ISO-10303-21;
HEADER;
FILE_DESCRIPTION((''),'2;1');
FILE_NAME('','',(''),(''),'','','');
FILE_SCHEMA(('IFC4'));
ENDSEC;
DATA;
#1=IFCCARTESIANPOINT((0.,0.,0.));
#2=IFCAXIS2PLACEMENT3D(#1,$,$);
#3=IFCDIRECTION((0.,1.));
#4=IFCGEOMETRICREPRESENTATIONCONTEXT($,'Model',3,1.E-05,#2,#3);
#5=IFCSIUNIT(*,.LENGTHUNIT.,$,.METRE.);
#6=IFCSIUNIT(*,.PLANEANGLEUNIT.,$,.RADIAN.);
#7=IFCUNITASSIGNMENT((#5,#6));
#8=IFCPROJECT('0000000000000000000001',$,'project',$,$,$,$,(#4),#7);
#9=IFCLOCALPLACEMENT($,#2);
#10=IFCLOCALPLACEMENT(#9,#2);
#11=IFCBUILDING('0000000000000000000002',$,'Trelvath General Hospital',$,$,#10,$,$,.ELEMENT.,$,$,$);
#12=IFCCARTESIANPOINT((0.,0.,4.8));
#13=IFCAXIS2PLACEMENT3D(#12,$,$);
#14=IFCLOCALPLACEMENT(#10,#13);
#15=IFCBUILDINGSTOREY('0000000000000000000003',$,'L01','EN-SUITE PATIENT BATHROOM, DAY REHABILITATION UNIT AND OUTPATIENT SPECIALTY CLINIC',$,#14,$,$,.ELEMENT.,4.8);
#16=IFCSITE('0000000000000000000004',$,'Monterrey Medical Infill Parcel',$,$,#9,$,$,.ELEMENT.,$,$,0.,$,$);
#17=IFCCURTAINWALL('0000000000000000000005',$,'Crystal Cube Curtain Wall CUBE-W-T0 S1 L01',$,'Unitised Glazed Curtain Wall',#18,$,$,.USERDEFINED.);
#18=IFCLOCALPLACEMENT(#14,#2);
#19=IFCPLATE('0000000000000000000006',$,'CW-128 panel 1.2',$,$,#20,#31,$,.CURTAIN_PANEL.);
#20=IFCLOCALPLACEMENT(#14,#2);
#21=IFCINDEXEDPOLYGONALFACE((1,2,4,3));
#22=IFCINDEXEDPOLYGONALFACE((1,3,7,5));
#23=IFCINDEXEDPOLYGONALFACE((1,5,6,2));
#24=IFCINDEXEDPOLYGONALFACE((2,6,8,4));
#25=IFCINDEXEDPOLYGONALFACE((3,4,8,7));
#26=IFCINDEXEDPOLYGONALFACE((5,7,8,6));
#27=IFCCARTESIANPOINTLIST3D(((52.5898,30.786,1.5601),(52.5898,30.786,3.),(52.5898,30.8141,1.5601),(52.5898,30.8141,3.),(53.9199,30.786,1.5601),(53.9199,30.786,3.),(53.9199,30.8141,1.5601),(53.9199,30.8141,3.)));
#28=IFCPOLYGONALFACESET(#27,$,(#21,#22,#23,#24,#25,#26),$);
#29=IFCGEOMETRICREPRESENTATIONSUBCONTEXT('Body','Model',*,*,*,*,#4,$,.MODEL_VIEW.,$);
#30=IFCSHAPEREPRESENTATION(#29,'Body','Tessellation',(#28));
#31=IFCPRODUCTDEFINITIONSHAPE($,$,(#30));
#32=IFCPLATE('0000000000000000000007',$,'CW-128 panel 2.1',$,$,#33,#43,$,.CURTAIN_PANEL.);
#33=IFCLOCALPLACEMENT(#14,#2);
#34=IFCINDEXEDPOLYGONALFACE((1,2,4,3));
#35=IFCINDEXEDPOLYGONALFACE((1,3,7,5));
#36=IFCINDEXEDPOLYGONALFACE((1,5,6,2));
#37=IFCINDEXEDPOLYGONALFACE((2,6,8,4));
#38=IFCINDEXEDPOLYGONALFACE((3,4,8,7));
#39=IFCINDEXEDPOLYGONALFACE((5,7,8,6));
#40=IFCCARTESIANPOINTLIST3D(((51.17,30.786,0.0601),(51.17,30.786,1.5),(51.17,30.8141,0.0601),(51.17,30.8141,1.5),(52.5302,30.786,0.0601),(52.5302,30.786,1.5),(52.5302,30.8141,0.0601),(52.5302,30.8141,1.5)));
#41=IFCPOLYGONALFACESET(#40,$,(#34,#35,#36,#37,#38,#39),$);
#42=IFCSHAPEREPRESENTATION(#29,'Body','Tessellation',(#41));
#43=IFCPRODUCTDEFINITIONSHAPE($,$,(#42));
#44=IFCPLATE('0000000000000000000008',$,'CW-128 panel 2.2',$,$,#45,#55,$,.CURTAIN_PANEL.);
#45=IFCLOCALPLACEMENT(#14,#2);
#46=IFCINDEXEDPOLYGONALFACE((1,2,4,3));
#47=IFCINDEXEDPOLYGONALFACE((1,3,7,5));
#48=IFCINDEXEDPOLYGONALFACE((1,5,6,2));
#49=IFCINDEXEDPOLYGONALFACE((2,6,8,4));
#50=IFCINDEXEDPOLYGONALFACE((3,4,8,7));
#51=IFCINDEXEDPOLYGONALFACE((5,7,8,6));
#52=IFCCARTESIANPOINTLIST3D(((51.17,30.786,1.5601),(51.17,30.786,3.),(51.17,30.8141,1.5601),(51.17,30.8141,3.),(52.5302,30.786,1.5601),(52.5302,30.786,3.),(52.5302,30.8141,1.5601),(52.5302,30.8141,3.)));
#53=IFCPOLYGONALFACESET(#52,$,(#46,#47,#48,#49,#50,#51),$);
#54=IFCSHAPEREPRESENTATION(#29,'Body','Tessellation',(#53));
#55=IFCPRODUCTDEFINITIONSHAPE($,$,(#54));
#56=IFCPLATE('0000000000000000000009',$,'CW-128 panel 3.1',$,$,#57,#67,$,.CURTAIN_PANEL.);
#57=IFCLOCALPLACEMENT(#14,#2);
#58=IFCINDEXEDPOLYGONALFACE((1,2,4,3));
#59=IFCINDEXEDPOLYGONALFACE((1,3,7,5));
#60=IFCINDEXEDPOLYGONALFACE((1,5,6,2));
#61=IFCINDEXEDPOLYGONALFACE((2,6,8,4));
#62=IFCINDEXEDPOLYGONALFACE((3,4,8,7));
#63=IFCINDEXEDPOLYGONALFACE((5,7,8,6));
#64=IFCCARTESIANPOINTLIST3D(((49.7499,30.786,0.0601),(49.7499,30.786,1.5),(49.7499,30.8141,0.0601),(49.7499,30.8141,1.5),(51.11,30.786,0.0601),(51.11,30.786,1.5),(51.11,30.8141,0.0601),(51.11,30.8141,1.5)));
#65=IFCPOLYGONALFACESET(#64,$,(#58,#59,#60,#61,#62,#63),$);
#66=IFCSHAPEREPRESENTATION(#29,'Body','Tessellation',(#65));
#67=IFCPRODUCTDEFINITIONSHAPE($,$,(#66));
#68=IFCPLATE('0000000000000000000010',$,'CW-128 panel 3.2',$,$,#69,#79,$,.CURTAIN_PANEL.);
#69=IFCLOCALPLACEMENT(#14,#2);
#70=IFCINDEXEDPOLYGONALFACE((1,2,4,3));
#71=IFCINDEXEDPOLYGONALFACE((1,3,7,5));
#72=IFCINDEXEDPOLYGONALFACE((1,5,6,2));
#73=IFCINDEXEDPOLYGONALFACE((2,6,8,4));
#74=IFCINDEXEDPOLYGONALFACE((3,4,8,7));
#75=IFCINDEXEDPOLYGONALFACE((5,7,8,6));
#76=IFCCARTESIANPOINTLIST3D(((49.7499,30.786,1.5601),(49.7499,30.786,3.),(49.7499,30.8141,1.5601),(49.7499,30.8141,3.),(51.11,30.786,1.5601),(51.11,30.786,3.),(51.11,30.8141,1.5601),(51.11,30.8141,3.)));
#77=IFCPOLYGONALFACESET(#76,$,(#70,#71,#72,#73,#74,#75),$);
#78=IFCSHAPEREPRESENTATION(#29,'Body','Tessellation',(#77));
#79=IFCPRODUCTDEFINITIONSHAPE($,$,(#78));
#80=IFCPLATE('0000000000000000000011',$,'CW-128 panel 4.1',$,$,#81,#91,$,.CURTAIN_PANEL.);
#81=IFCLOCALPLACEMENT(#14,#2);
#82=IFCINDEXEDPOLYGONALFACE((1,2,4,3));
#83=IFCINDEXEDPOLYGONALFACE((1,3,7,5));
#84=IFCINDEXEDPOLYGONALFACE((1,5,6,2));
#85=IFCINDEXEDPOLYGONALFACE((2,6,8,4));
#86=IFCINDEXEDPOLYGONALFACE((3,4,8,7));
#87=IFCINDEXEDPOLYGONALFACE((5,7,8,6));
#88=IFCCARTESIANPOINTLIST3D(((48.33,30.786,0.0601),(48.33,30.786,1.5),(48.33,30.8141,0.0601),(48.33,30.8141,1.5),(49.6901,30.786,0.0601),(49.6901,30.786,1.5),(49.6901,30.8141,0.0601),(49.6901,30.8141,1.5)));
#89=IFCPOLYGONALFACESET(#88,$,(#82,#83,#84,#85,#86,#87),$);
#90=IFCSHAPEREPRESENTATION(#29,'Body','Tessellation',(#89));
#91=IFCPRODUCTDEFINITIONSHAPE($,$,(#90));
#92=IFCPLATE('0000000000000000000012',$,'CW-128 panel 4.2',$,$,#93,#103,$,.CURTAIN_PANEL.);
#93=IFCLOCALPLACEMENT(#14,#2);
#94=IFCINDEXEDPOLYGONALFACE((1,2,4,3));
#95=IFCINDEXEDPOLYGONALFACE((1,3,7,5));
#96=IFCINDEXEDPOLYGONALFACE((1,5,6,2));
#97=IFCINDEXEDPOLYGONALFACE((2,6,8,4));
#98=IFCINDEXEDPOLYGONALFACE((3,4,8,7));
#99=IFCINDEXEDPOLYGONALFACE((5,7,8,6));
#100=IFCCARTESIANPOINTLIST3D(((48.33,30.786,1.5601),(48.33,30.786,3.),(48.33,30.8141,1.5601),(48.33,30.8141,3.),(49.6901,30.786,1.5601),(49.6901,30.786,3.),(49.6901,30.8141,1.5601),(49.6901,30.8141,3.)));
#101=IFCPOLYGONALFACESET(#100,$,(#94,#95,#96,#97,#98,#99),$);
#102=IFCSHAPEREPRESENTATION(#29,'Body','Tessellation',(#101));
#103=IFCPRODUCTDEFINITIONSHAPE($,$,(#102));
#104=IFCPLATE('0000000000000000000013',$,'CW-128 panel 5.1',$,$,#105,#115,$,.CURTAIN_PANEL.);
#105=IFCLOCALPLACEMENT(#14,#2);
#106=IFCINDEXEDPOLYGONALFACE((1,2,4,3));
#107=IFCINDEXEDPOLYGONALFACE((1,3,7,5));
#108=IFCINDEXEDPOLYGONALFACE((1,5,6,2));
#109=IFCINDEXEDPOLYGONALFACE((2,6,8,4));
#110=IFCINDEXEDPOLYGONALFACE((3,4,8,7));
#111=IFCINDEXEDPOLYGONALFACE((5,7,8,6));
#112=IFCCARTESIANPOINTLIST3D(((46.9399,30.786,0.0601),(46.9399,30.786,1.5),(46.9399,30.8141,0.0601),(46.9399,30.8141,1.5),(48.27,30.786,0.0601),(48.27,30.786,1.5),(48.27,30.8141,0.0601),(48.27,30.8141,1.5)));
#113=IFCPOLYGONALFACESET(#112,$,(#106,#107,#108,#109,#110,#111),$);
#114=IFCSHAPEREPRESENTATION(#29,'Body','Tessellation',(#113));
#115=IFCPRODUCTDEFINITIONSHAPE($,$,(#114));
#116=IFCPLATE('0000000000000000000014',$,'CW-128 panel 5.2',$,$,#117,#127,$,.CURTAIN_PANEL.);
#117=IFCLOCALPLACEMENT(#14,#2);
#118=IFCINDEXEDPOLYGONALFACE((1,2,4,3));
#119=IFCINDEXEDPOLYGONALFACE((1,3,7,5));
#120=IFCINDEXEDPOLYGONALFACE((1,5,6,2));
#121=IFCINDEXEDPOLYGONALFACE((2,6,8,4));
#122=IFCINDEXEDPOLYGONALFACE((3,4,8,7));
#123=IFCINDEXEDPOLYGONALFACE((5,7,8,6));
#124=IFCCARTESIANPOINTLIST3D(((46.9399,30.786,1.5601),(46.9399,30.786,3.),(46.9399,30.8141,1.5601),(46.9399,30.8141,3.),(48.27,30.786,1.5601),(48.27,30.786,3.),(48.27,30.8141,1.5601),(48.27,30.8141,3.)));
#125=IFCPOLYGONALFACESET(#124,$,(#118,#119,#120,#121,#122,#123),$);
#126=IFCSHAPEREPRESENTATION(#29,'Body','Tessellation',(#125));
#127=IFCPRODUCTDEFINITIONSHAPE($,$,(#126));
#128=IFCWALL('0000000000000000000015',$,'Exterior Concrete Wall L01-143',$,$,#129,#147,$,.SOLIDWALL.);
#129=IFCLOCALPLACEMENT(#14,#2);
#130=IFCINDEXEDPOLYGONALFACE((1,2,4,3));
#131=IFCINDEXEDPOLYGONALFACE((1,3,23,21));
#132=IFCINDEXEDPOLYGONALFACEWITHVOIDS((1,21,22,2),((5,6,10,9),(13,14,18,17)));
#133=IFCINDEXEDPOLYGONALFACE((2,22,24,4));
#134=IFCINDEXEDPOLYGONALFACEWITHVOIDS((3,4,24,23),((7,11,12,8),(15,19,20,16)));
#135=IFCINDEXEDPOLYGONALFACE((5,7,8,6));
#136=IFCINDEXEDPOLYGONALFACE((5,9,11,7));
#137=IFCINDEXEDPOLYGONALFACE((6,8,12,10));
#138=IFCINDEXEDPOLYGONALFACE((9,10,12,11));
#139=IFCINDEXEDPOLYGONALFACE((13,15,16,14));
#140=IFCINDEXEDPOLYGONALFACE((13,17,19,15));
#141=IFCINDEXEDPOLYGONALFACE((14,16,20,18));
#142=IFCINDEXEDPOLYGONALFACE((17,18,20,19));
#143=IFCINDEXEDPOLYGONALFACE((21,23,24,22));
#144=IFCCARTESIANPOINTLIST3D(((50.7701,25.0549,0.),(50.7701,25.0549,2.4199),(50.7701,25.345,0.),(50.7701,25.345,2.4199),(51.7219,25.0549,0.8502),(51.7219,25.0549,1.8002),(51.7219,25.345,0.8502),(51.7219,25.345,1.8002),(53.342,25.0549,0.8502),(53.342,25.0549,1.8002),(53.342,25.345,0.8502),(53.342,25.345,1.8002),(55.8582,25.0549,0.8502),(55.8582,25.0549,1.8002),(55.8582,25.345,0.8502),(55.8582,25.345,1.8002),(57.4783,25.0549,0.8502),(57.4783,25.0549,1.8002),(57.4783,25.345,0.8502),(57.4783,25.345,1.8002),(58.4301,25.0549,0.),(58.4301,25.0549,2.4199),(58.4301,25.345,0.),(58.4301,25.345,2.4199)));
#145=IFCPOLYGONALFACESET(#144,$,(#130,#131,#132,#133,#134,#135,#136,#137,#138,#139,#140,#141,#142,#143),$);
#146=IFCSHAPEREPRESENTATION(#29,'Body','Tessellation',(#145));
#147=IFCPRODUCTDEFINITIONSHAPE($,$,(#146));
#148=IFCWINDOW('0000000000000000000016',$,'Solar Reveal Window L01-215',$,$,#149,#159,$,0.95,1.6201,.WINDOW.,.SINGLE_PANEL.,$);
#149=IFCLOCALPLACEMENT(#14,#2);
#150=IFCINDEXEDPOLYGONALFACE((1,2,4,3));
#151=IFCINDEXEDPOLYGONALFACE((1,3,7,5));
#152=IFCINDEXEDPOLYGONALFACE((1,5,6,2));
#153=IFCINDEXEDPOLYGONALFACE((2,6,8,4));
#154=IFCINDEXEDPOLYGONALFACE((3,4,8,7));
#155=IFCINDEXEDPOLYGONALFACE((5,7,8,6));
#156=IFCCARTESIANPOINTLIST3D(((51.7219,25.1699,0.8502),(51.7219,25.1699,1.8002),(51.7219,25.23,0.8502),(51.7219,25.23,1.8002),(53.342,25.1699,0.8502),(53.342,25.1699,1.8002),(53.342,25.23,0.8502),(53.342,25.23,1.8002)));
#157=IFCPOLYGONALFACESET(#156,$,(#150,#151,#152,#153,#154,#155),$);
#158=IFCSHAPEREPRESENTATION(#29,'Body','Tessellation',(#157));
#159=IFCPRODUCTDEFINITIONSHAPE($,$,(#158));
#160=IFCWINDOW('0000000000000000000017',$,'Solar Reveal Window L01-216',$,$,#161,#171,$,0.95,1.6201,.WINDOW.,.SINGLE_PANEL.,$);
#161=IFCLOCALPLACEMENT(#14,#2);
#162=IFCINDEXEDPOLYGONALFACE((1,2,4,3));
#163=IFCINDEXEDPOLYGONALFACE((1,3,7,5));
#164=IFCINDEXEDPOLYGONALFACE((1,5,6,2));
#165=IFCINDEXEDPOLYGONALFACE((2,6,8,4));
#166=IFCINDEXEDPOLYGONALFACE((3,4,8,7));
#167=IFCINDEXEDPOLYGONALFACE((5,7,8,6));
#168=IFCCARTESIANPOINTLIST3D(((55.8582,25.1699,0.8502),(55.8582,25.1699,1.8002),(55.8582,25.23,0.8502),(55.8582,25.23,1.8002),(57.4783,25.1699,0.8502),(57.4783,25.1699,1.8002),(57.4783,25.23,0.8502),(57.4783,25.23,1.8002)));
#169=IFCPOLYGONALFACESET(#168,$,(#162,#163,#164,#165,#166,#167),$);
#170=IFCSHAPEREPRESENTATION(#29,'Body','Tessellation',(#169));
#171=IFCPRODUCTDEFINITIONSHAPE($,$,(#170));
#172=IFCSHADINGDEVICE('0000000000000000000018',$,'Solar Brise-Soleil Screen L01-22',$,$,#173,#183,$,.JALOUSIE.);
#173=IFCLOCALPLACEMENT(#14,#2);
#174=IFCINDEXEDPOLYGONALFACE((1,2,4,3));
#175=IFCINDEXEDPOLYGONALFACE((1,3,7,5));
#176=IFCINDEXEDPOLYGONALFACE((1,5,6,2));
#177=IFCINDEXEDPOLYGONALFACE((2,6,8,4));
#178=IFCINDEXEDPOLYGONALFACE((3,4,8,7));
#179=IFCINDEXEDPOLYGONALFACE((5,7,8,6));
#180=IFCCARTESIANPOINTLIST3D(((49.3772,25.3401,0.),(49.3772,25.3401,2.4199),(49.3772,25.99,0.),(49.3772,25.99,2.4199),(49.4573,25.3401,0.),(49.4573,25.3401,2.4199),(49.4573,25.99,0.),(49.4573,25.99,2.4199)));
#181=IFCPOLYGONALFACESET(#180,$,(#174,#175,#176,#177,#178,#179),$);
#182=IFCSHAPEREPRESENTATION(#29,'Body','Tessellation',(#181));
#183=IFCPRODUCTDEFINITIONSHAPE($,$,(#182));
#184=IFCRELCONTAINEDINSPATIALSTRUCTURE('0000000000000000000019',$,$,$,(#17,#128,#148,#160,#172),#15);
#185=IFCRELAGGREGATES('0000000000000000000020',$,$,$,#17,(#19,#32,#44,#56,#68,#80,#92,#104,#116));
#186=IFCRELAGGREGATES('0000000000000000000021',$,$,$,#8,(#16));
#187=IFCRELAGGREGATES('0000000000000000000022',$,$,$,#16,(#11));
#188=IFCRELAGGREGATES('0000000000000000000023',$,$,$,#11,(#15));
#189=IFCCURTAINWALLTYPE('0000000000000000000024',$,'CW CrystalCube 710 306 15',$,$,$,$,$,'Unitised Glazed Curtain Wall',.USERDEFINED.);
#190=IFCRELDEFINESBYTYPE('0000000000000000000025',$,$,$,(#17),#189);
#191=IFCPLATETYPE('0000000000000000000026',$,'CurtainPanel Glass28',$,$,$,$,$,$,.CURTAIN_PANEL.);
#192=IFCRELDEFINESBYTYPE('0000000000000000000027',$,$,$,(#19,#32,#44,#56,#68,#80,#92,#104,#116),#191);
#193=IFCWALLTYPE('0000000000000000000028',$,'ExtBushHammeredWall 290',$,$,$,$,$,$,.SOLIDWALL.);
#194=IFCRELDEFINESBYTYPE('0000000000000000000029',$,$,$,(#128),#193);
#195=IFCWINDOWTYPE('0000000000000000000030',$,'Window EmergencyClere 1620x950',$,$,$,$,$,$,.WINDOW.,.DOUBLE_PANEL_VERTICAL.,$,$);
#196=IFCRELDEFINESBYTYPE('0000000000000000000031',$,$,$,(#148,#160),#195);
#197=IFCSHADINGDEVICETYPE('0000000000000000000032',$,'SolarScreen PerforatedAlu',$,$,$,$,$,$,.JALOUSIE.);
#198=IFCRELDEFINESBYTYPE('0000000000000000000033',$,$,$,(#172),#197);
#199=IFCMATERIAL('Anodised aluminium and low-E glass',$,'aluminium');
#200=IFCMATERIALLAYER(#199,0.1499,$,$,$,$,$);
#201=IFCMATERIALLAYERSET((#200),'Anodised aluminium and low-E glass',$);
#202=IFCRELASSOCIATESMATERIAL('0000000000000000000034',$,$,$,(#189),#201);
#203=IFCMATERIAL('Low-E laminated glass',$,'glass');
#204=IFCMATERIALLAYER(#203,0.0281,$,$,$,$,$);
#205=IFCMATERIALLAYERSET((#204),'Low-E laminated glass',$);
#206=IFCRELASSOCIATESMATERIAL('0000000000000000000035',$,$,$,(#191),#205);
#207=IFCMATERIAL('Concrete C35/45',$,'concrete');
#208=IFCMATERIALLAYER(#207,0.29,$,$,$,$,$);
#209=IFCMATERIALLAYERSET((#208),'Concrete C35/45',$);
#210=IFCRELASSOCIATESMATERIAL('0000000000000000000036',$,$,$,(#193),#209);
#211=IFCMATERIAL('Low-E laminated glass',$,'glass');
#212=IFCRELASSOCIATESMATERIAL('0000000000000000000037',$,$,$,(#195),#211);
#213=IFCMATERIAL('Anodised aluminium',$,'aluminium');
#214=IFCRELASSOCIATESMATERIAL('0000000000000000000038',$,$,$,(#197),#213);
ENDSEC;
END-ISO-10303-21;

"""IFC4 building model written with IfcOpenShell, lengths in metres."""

from ifc_helpers import new_model, si_unit, direction, frame, frame_2d, origin, origin_2d, place, context, subcontext, project, spatial, rectangle, extrude, material, layer, layer_set, type_object, element, fill, aggregate, save


model = new_model("IFC4")

# Units and contexts
model_context = context("Model", 3, precision=1e-05, world=origin(), true_north=direction((0.0, 1.0)))
body_context = subcontext(model_context, "Body", "Model", "MODEL_VIEW")
ifc_project = project(units=[si_unit("LENGTHUNIT", "METRE"), si_unit("PLANEANGLEUNIT", "RADIAN")], contexts=[model_context])

# Site, building, storey
site_placement = place(None, origin())
site = spatial("IfcSite", under=ifc_project, at=site_placement, Name="Monterrey Medical Infill Parcel", CompositionType="ELEMENT", RefElevation=0.0)
building_placement = place(site_placement, origin())
building = spatial("IfcBuilding", under=site, at=building_placement, Name="Trelvath General Hospital", CompositionType="ELEMENT")
storey_placement = place(building_placement, frame((0.0, 0.0, 4.8)))
storey = spatial("IfcBuildingStorey", under=building, at=storey_placement, Name="L01", Description="EN-SUITE PATIENT BATHROOM, DAY REHABILITATION UNIT AND OUTPATIENT SPECIALTY CLINIC", CompositionType="ELEMENT", Elevation=4.8)

# Curtain wall, plates
ifc_material_1 = material(Name="Anodised aluminium and low-E glass", Category="aluminium")
ifc_layer_1 = layer(ifc_material_1, 0.1499)
ifc_layer_set_1 = layer_set([ifc_layer_1], Name="Anodised aluminium and low-E glass")
curtain_wall_type = type_object("IfcCurtainWallType", Name="CW CrystalCube 710 306 15", ElementType="Unitised Glazed Curtain Wall", PredefinedType="USERDEFINED", material=ifc_layer_set_1)
curtain_wall_placement = place(storey_placement, origin())
curtain_wall = element("IfcCurtainWall", 1, at=curtain_wall_placement, inside=storey, type_object=curtain_wall_type, Name="Crystal Cube Curtain Wall CUBE-W-T0 S1 L01", ObjectType="Unitised Glazed Curtain Wall", PredefinedType="USERDEFINED")
ifc_material_2 = material(Name="Low-E laminated glass", Category="glass")
ifc_layer_2 = layer(ifc_material_2, 0.0281)
ifc_layer_set_2 = layer_set([ifc_layer_2], Name="Low-E laminated glass")
plate_type = type_object("IfcPlateType", Name="CurtainPanel Glass28", PredefinedType="CURTAIN_PANEL", material=ifc_layer_set_2)
plate_1_placement = place(storey_placement, frame((53.2549, 30.8, 1.5601), z_axis=(0.0, 0.0, 1.0), x_axis=(-1.0, 0.0, 0.0)))
plate_1 = element("IfcPlate", 2, at=plate_1_placement, type_object=plate_type, Name="CW-128 panel 1.2", PredefinedType="CURTAIN_PANEL", context=body_context, shape_type="SweptSolid", body=[
    extrude(rectangle(XDim=1.3301, YDim=0.0281, at=origin_2d()), origin(), (0.0, 0.0, 1.0), 1.4399),
])
plate_2_placement = place(storey_placement, frame((51.8501, 30.8, 0.0601), z_axis=(0.0, 0.0, 1.0), x_axis=(-1.0, 0.0, 0.0)))
plate_2 = element("IfcPlate", 3, at=plate_2_placement, type_object=plate_type, Name="CW-128 panel 2.1", PredefinedType="CURTAIN_PANEL", context=body_context, shape_type="SweptSolid", body=[
    extrude(rectangle(XDim=1.3601, YDim=0.0281, at=origin_2d()), origin(), (0.0, 0.0, 1.0), 1.4399),
])
plate_3_placement = place(storey_placement, frame((51.8501, 30.8, 1.5601), z_axis=(0.0, 0.0, 1.0), x_axis=(-1.0, 0.0, 0.0)))
plate_3 = element("IfcPlate", 4, at=plate_3_placement, type_object=plate_type, Name="CW-128 panel 2.2", PredefinedType="CURTAIN_PANEL", context=body_context, shape_type="SweptSolid", body=[
    extrude(rectangle(XDim=1.3601, YDim=0.0281, at=origin_2d()), origin(), (0.0, 0.0, 1.0), 1.4399),
])
plate_4_placement = place(storey_placement, frame((50.4299, 30.8, 0.0601), z_axis=(0.0, 0.0, 1.0), x_axis=(-1.0, 0.0, 0.0)))
plate_4 = element("IfcPlate", 5, at=plate_4_placement, type_object=plate_type, Name="CW-128 panel 3.1", PredefinedType="CURTAIN_PANEL", context=body_context, shape_type="SweptSolid", body=[
    extrude(rectangle(XDim=1.3601, YDim=0.0281, at=origin_2d()), origin(), (0.0, 0.0, 1.0), 1.4399),
])
plate_5_placement = place(storey_placement, frame((50.4299, 30.8, 1.5601), z_axis=(0.0, 0.0, 1.0), x_axis=(-1.0, 0.0, 0.0)))
plate_5 = element("IfcPlate", 6, at=plate_5_placement, type_object=plate_type, Name="CW-128 panel 3.2", PredefinedType="CURTAIN_PANEL", context=body_context, shape_type="SweptSolid", body=[
    extrude(rectangle(XDim=1.3601, YDim=0.0281, at=origin_2d()), origin(), (0.0, 0.0, 1.0), 1.4399),
])
plate_6_placement = place(storey_placement, frame((49.01, 30.8, 0.0601), z_axis=(0.0, 0.0, 1.0), x_axis=(-1.0, 0.0, 0.0)))
plate_6 = element("IfcPlate", 7, at=plate_6_placement, type_object=plate_type, Name="CW-128 panel 4.1", PredefinedType="CURTAIN_PANEL", context=body_context, shape_type="SweptSolid", body=[
    extrude(rectangle(XDim=1.3601, YDim=0.0281, at=origin_2d()), origin(), (0.0, 0.0, 1.0), 1.4399),
])
plate_7_placement = place(storey_placement, frame((49.01, 30.8, 1.5601), z_axis=(0.0, 0.0, 1.0), x_axis=(-1.0, 0.0, 0.0)))
plate_7 = element("IfcPlate", 8, at=plate_7_placement, type_object=plate_type, Name="CW-128 panel 4.2", PredefinedType="CURTAIN_PANEL", context=body_context, shape_type="SweptSolid", body=[
    extrude(rectangle(XDim=1.3601, YDim=0.0281, at=origin_2d()), origin(), (0.0, 0.0, 1.0), 1.4399),
])
plate_8_placement = place(storey_placement, frame((47.605, 30.8, 0.0601), z_axis=(0.0, 0.0, 1.0), x_axis=(-1.0, 0.0, 0.0)))
plate_8 = element("IfcPlate", 9, at=plate_8_placement, type_object=plate_type, Name="CW-128 panel 5.1", PredefinedType="CURTAIN_PANEL", context=body_context, shape_type="SweptSolid", body=[
    extrude(rectangle(XDim=1.3301, YDim=0.0281, at=origin_2d()), origin(), (0.0, 0.0, 1.0), 1.4399),
])
plate_9_placement = place(storey_placement, frame((47.605, 30.8, 1.5601), z_axis=(0.0, 0.0, 1.0), x_axis=(-1.0, 0.0, 0.0)))
plate_9 = element("IfcPlate", 10, at=plate_9_placement, type_object=plate_type, Name="CW-128 panel 5.2", PredefinedType="CURTAIN_PANEL", context=body_context, shape_type="SweptSolid", body=[
    extrude(rectangle(XDim=1.3301, YDim=0.0281, at=origin_2d()), origin(), (0.0, 0.0, 1.0), 1.4399),
])
aggregate(curtain_wall, [plate_1, plate_2, plate_3, plate_4, plate_5, plate_6, plate_7, plate_8, plate_9])

# Wall, openings, windows
ifc_material_3 = material(Name="Concrete C35/45", Category="concrete")
ifc_layer_3 = layer(ifc_material_3, 0.29)
ifc_layer_set_3 = layer_set([ifc_layer_3], Name="Concrete C35/45")
wall_type = type_object("IfcWallType", Name="ExtBushHammeredWall 290", PredefinedType="SOLIDWALL", material=ifc_layer_set_3)
wall_placement = place(storey_placement, frame((50.77, 25.2, 0.0), z_axis=(0.0, 0.0, 1.0), x_axis=(1.0, 0.0, 0.0)))
wall = element("IfcWall", 11, at=wall_placement, inside=storey, type_object=wall_type, Name="Exterior Concrete Wall L01-143", PredefinedType="SOLIDWALL", context=body_context, shape_type="SweptSolid", body=[
    extrude(rectangle(XDim=7.6599, YDim=0.29, at=frame_2d((3.8301, 0.0))), origin(), (0.0, 0.0, 1.0), 2.4199),
])
opening_1_placement = place(wall_placement, frame((0.9519, 0.0, 0.8501)))
opening_1 = element("IfcOpeningElement", 12, at=opening_1_placement, cuts=wall, PredefinedType="OPENING", context=body_context, shape_type="SweptSolid", body=[
    extrude(rectangle(XDim=1.6201, YDim=0.95, at=frame_2d((0.8101, 0.4751))), frame((0.0, 0.155, 0.0), z_axis=(0.0, -1.0, 0.0), x_axis=(1.0, 0.0, 0.0)), (0.0, 0.0, 1.0), 0.3101),
])
opening_2_placement = place(wall_placement, frame((5.0881, 0.0, 0.8501)))
opening_2 = element("IfcOpeningElement", 13, at=opening_2_placement, cuts=wall, PredefinedType="OPENING", context=body_context, shape_type="SweptSolid", body=[
    extrude(rectangle(XDim=1.6201, YDim=0.95, at=frame_2d((0.8101, 0.4751))), frame((0.0, 0.155, 0.0), z_axis=(0.0, -1.0, 0.0), x_axis=(1.0, 0.0, 0.0)), (0.0, 0.0, 1.0), 0.3101),
])
ifc_material_4 = material(Name="Low-E laminated glass", Category="glass")
window_type = type_object("IfcWindowType", Name="Window EmergencyClere 1620x950", PartitioningType="DOUBLE_PANEL_VERTICAL", PredefinedType="WINDOW", material=ifc_material_4)
window_1_placement = place(opening_1_placement, origin())
window_1 = element("IfcWindow", 14, at=window_1_placement, inside=storey, type_object=window_type, Name="Solar Reveal Window L01-215", OverallHeight=0.95, OverallWidth=1.6201, PartitioningType="SINGLE_PANEL", PredefinedType="WINDOW", context=body_context, shape_type="SweptSolid", body=[
    extrude(rectangle(XDim=1.6201, YDim=0.95, at=frame_2d((0.8101, 0.4751))), frame((0.0, 0.03, 0.0), z_axis=(0.0, -1.0, 0.0), x_axis=(1.0, 0.0, 0.0)), (0.0, 0.0, 1.0), 0.0601),
])
fill(opening_1, window_1)
window_2_placement = place(opening_2_placement, origin())
window_2 = element("IfcWindow", 15, at=window_2_placement, inside=storey, type_object=window_type, Name="Solar Reveal Window L01-216", OverallHeight=0.95, OverallWidth=1.6201, PartitioningType="SINGLE_PANEL", PredefinedType="WINDOW", context=body_context, shape_type="SweptSolid", body=[
    extrude(rectangle(XDim=1.6201, YDim=0.95, at=frame_2d((0.8101, 0.4751))), frame((0.0, 0.03, 0.0), z_axis=(0.0, -1.0, 0.0), x_axis=(1.0, 0.0, 0.0)), (0.0, 0.0, 1.0), 0.0601),
])
fill(opening_2, window_2)

# Shading device
ifc_material_5 = material(Name="Anodised aluminium", Category="aluminium")
shading_device_type = type_object("IfcShadingDeviceType", Name="SolarScreen PerforatedAlu", PredefinedType="JALOUSIE", material=ifc_material_5)
shading_device_placement = place(storey_placement, frame((49.4172, 25.665, 0.0), z_axis=(0.0, 0.0, 1.0), x_axis=(0.0, 1.0, 0.0)))
element("IfcShadingDevice", 16, at=shading_device_placement, inside=storey, type_object=shading_device_type, Name="Solar Brise-Soleil Screen L01-22", PredefinedType="JALOUSIE", context=body_context, shape_type="SweptSolid", body=[
    extrude(rectangle(XDim=0.6499, YDim=0.0801, at=origin_2d()), origin(), (0.0, 0.0, 1.0), 2.4199),
])

save(model, "model.ifc")
